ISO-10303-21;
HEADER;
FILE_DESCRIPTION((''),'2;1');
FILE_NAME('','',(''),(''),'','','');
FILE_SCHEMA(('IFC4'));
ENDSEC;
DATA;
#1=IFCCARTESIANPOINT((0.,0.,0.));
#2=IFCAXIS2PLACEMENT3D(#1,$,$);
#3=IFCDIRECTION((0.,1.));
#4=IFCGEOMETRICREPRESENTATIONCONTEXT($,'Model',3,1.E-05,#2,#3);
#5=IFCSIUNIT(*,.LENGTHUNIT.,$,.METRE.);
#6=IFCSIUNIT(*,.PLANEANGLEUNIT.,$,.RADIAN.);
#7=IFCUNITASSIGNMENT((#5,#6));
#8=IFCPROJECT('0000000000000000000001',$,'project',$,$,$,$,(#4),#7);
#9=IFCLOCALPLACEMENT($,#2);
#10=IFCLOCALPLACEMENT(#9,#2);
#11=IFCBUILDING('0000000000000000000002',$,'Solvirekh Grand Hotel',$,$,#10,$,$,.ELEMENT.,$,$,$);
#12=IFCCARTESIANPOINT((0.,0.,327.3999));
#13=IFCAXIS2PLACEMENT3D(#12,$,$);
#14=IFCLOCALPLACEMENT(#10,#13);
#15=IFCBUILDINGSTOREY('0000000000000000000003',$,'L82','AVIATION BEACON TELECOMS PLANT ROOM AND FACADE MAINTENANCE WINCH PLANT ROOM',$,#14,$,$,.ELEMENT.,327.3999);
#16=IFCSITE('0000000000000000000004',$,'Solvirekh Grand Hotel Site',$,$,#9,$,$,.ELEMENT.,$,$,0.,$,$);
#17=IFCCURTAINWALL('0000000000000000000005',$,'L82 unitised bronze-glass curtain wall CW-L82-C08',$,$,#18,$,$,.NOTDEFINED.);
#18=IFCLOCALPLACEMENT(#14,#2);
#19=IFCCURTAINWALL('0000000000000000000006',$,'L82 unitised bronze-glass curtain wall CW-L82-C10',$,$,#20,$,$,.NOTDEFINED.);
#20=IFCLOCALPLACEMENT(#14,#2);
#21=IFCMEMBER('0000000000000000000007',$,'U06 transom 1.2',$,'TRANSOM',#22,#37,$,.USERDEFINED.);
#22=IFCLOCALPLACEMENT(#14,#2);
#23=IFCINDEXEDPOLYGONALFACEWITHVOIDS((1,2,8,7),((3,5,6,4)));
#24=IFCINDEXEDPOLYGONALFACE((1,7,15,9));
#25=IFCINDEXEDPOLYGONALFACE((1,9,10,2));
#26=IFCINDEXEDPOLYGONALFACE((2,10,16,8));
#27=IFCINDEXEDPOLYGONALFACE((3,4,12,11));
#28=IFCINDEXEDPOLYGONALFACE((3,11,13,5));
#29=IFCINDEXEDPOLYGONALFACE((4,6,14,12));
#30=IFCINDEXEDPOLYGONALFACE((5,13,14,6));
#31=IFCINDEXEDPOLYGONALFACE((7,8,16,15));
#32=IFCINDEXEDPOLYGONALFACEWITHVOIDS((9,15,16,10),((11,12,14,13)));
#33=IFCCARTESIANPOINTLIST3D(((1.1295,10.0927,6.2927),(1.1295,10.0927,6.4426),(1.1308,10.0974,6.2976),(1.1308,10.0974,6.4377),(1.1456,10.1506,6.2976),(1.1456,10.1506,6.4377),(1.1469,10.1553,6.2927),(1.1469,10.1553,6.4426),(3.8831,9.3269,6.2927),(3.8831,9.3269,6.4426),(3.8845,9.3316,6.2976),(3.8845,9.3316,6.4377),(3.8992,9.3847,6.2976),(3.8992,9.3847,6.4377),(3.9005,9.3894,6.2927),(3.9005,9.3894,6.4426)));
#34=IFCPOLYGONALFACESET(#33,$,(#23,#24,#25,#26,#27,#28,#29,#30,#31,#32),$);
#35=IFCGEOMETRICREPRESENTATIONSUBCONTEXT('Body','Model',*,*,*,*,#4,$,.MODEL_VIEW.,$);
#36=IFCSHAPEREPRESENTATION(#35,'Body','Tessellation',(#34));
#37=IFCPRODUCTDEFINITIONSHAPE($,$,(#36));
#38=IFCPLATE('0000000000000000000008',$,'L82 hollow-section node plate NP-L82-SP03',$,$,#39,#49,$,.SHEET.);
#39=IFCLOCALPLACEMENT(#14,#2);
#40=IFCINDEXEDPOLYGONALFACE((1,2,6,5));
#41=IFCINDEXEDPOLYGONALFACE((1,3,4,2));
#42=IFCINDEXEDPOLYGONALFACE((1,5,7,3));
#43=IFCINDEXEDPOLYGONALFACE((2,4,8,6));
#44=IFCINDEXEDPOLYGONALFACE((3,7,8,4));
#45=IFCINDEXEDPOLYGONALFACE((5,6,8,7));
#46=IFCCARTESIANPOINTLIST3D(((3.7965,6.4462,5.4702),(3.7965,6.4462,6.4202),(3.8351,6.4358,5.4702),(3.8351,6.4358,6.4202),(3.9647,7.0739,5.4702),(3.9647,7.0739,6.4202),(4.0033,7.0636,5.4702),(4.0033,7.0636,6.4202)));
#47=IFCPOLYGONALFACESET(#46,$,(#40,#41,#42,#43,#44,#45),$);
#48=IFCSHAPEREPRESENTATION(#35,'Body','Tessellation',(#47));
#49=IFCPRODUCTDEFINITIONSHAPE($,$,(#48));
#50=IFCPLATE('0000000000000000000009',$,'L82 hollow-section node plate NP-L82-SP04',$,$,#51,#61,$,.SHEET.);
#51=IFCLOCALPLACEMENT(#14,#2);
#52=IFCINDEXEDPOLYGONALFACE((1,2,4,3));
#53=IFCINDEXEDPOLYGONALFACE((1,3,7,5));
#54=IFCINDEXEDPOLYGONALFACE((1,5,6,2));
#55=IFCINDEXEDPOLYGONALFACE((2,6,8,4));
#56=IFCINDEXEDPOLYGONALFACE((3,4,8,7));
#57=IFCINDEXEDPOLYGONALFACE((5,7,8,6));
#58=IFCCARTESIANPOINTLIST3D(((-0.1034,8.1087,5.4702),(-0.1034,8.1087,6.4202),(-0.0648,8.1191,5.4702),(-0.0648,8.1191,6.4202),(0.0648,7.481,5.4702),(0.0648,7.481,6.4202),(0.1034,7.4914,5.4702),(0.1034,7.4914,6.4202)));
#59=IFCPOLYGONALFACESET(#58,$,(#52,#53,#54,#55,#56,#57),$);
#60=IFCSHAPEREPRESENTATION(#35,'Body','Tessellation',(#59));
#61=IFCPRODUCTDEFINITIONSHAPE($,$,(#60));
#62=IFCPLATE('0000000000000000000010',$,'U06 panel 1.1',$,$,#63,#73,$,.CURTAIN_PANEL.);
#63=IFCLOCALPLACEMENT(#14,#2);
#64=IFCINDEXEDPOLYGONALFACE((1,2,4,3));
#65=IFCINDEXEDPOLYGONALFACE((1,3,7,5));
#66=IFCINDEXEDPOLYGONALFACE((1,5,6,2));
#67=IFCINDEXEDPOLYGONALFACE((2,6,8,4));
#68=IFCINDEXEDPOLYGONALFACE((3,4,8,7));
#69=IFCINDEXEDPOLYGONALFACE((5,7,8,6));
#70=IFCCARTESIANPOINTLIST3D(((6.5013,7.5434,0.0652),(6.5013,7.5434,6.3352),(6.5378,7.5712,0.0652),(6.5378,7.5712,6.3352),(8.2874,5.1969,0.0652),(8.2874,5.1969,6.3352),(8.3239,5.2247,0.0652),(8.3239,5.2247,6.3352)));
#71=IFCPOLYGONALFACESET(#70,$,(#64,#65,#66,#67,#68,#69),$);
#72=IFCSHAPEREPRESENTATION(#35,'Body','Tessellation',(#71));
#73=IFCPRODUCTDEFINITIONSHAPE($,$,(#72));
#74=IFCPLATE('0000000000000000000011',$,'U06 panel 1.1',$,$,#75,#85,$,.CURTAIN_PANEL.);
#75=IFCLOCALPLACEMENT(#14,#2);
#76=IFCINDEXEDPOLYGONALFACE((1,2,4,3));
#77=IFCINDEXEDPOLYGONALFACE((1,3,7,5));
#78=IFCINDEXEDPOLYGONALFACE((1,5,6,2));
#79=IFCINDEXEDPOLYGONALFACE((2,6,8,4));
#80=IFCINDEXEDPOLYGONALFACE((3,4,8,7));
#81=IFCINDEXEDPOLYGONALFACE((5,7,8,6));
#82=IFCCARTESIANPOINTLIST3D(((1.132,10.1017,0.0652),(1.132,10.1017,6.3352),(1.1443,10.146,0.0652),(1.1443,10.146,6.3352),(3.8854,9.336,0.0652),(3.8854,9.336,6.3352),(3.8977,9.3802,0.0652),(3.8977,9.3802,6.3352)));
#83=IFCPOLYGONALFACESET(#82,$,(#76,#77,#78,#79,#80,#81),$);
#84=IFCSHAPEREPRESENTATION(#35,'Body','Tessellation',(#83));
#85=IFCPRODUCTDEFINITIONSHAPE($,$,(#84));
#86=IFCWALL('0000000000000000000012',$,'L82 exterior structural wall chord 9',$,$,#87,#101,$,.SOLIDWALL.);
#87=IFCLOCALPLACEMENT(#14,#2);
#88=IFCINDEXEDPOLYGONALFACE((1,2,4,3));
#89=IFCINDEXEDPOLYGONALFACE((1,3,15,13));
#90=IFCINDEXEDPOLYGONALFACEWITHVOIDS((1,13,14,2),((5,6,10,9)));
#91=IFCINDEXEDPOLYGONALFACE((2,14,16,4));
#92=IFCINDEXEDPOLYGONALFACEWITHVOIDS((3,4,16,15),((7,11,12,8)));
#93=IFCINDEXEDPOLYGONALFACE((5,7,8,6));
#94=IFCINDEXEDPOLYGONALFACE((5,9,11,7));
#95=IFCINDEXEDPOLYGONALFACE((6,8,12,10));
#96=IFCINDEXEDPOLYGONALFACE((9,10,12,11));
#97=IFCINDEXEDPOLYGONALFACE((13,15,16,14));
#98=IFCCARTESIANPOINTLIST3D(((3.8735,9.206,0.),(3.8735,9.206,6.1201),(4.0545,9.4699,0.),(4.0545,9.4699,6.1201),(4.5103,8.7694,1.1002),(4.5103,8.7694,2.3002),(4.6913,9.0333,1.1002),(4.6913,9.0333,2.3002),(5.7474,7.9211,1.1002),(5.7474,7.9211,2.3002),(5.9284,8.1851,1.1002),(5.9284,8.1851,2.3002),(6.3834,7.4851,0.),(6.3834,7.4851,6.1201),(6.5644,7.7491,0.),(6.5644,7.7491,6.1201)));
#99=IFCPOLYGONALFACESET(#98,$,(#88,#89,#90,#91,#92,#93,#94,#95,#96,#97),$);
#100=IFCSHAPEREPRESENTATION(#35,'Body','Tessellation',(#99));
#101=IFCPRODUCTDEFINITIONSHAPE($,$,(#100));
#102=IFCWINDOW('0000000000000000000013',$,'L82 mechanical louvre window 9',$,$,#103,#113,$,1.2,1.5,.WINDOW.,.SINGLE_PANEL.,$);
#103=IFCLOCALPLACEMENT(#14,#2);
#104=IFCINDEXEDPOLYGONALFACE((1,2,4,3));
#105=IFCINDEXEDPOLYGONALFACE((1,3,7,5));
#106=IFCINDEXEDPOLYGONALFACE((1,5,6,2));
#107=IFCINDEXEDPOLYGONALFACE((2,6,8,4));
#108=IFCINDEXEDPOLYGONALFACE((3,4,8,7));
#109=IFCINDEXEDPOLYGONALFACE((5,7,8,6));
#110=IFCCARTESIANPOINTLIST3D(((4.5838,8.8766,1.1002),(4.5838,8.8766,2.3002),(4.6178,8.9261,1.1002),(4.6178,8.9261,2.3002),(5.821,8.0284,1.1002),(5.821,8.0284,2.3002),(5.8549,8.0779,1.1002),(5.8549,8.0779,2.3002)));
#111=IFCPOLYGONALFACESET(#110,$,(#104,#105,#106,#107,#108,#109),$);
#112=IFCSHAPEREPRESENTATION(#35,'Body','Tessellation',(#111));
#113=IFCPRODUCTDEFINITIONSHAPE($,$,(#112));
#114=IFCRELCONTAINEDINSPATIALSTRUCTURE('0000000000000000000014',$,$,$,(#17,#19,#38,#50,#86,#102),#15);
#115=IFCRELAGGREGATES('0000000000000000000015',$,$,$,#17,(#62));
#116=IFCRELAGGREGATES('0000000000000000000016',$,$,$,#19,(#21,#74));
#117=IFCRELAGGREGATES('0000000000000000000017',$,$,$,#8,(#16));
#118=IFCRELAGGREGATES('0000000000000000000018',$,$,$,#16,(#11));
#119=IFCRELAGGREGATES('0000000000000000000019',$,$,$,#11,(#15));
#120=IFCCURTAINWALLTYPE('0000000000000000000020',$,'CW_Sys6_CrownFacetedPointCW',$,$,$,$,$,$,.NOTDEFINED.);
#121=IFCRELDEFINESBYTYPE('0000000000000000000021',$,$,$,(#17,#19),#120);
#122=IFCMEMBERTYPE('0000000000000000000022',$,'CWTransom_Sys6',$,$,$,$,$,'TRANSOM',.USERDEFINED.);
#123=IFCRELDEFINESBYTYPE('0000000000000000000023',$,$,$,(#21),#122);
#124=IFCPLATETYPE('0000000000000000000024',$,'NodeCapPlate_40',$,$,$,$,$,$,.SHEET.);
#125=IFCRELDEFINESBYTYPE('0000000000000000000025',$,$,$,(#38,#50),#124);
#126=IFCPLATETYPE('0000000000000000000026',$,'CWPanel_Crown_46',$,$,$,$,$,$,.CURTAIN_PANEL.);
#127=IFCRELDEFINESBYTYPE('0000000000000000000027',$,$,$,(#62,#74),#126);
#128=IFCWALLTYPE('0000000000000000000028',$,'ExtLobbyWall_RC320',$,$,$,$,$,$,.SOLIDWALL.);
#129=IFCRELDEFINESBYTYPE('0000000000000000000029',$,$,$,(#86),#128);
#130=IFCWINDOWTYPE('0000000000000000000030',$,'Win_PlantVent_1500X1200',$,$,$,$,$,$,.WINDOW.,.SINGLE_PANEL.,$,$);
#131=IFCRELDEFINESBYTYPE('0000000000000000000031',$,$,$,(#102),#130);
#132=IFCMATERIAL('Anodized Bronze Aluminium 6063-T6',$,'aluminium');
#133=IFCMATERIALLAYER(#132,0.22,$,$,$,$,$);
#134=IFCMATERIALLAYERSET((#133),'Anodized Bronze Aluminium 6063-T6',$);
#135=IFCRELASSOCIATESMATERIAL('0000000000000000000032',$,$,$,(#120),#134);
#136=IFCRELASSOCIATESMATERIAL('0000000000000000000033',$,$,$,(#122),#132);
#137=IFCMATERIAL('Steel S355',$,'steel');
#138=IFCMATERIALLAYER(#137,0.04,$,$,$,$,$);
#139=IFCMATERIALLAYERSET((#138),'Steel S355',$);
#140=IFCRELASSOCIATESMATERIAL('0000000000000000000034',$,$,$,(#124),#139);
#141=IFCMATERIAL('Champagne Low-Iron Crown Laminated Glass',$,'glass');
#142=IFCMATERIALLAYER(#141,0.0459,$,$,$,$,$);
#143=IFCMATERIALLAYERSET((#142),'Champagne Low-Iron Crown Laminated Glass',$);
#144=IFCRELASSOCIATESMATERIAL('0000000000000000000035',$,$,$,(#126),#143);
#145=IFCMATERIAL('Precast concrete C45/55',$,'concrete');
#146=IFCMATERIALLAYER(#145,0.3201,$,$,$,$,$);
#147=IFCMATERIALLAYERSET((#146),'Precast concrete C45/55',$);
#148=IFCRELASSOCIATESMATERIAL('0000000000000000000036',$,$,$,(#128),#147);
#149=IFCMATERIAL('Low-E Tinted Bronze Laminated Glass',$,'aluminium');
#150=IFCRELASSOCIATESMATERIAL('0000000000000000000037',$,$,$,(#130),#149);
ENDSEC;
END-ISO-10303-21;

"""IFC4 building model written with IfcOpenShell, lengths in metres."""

from ifc_helpers import new_model, si_unit, direction, frame, frame_2d, origin, origin_2d, place, context, subcontext, project, spatial, rectangle, hollow_rectangle, extrude, source, transform, mapped, material, layer, layer_set, material_profile, profile_set, type_object, element, fill, aggregate, save


model = new_model("IFC4")

# Units and contexts
model_context = context("Model", 3, precision=1e-05, world=origin(), true_north=direction((0.0, 1.0)))
body_context = subcontext(model_context, "Body", "Model", "MODEL_VIEW")
ifc_project = project(units=[si_unit("LENGTHUNIT", "METRE"), si_unit("PLANEANGLEUNIT", "RADIAN")], contexts=[model_context])

# Site, building, storey
site_placement = place(None, origin())
site = spatial("IfcSite", under=ifc_project, at=site_placement, Name="Solvirekh Grand Hotel Site", CompositionType="ELEMENT", RefElevation=0.0)
building_placement = place(site_placement, origin())
building = spatial("IfcBuilding", under=site, at=building_placement, Name="Solvirekh Grand Hotel", CompositionType="ELEMENT")
storey_placement = place(building_placement, frame((0.0, 0.0, 327.3999)))
storey = spatial("IfcBuildingStorey", under=building, at=storey_placement, Name="L82", Description="AVIATION BEACON TELECOMS PLANT ROOM AND FACADE MAINTENANCE WINCH PLANT ROOM", CompositionType="ELEMENT", Elevation=327.3999)

# Shared definitions
ifc_material_1 = material(Name="Steel S355", Category="steel")

# Shared definitions
ifc_material_2 = material(Name="Anodized Bronze Aluminium 6063-T6", Category="aluminium")
ifc_layer_1 = layer(ifc_material_2, 0.22)
ifc_layer_set_1 = layer_set([ifc_layer_1], Name="Anodized Bronze Aluminium 6063-T6")
curtain_wall_type = type_object("IfcCurtainWallType", Name="CW_Sys6_CrownFacetedPointCW", PredefinedType="NOTDEFINED", material=ifc_layer_set_1)

# Curtain walls
curtain_wall_1_placement = place(storey_placement, origin())
curtain_wall_1 = element("IfcCurtainWall", 1, at=curtain_wall_1_placement, inside=storey, type_object=curtain_wall_type, Name="L82 unitised bronze-glass curtain wall CW-L82-C08", PredefinedType="NOTDEFINED")
curtain_wall_2_placement = place(storey_placement, origin())
curtain_wall_2 = element("IfcCurtainWall", 2, at=curtain_wall_2_placement, inside=storey, type_object=curtain_wall_type, Name="L82 unitised bronze-glass curtain wall CW-L82-C10", PredefinedType="NOTDEFINED")
ifc_material_profile_1 = material_profile(ifc_material_2, hollow_rectangle(XDim=0.0649, YDim=0.1499, WallThickness=0.0049, at=origin_2d()), Name="ALU RHS 150X65X5")
ifc_profile_set_1 = profile_set([ifc_material_profile_1], Name="Anodized Bronze Aluminium 6063-T6")
member_type_1 = type_object("IfcMemberType", Name="CWTransom_Sys6", ElementType="TRANSOM", PredefinedType="USERDEFINED", material=ifc_profile_set_1)

# Member
shared_shape_1 = source(origin(), body_context, "Body", "SweptSolid", [
    extrude(hollow_rectangle(XDim=0.0649, YDim=0.1499, WallThickness=0.0049, at=origin_2d()), origin(), (0.0, 0.0, 1.0), 2.8582),
])
member_1_placement = place(storey_placement, frame((3.8918, 9.3582, 6.3677), z_axis=(-0.963431, 0.267957, 0.0), x_axis=(-0.267957, -0.963431, 0.0)))
member_1 = element("IfcMember", 3, at=member_1_placement, type_object=member_type_1, Name="U06 transom 1.2", ObjectType="TRANSOM", PredefinedType="USERDEFINED", context=body_context, shape_type="MappedRepresentation", body=[
    mapped(shared_shape_1, transform((0.0, 0.0, 0.0), x_axis=(1.0, 0.0, 0.0), y_axis=(0.0, 1.0, 0.0), z_axis=(0.0, 0.0, 1.0), scale=1.0)),
])

# Plates
ifc_layer_2 = layer(ifc_material_1, 0.04)
ifc_layer_set_2 = layer_set([ifc_layer_2], Name="Steel S355")
plate_type_1 = type_object("IfcPlateType", Name="NodeCapPlate_40", PredefinedType="SHEET", material=ifc_layer_set_2)
for number, where, z_axis, x_axis, name in (
    (4, (3.8999, 6.7549, 5.4702), (0.0, 0.0, 1.0), (-0.965926, 0.258819, 0.0), "L82 hollow-section node plate NP-L82-SP03"),
    (5, (0.0, 7.8, 5.4702), (0.0, 0.0, 1.0), (-0.965926, -0.258819, 0.0), "L82 hollow-section node plate NP-L82-SP04"),
):
    element("IfcPlate", number, at=place(storey_placement, frame(where, z_axis=z_axis, x_axis=x_axis)), inside=storey, type_object=plate_type_1, Name=name, PredefinedType="SHEET", context=body_context, shape_type="SweptSolid", body=[
        extrude(rectangle(XDim=0.04, YDim=0.6499, at=origin_2d()), origin(), (0.0, 0.0, 1.0), 0.95),
    ])

# Plates
ifc_material_3 = material(Name="Champagne Low-Iron Crown Laminated Glass", Category="glass")
ifc_layer_3 = layer(ifc_material_3, 0.0459)
ifc_layer_set_3 = layer_set([ifc_layer_3], Name="Champagne Low-Iron Crown Laminated Glass")
plate_type_2 = type_object("IfcPlateType", Name="CWPanel_Crown_46", PredefinedType="CURTAIN_PANEL", material=ifc_layer_set_3)
shared_shape_2 = source(origin(), body_context, "Body", "SweptSolid", [
    extrude(rectangle(XDim=2.949, YDim=0.0459, at=origin_2d()), origin(), (0.0, 0.0, 1.0), 6.27),
])
plate_1_placement = place(storey_placement, frame((7.4126, 6.384, 0.0652), z_axis=(0.0, 0.0, 1.0), x_axis=(-0.605664, 0.795721, 0.0)))
plate_1 = element("IfcPlate", 6, at=plate_1_placement, type_object=plate_type_2, Name="U06 panel 1.1", PredefinedType="CURTAIN_PANEL", context=body_context, shape_type="MappedRepresentation", body=[
    mapped(shared_shape_2, transform((0.0, 0.0, 0.0), x_axis=(1.0, 0.0, 0.0), y_axis=(0.0, 1.0, 0.0), z_axis=(0.0, 0.0, 1.0), scale=1.0)),
])
aggregate(curtain_wall_1, [plate_1])
shared_shape_3 = source(origin(), body_context, "Body", "SweptSolid", [
    extrude(rectangle(XDim=2.8579, YDim=0.0459, at=origin_2d()), origin(), (0.0, 0.0, 1.0), 6.27),
])
plate_2_placement = place(storey_placement, frame((2.5149, 9.741, 0.0652), z_axis=(0.0, 0.0, 1.0), x_axis=(-0.963432, 0.267952, 0.0)))
plate_2 = element("IfcPlate", 7, at=plate_2_placement, type_object=plate_type_2, Name="U06 panel 1.1", PredefinedType="CURTAIN_PANEL", context=body_context, shape_type="MappedRepresentation", body=[
    mapped(shared_shape_3, transform((0.0, 0.0, 0.0), x_axis=(1.0, 0.0, 0.0), y_axis=(0.0, 1.0, 0.0), z_axis=(0.0, 0.0, 1.0), scale=1.0)),
])
aggregate(curtain_wall_2, [member_1, plate_2])

# Wall, opening, window
ifc_material_4 = material(Name="Precast concrete C45/55", Category="concrete")
ifc_layer_4 = layer(ifc_material_4, 0.3201)
ifc_layer_set_4 = layer_set([ifc_layer_4], Name="Precast concrete C45/55")
wall_type = type_object("IfcWallType", Name="ExtLobbyWall_RC320", PredefinedType="SOLIDWALL", material=ifc_layer_set_4)
wall_placement = place(storey_placement, frame((3.9641, 9.3379, 0.0), z_axis=(0.0, 0.0, 1.0), x_axis=(0.82476, -0.565483, 0.0)))
wall = element("IfcWall", 8, at=wall_placement, inside=storey, type_object=wall_type, Name="L82 exterior structural wall chord 9", PredefinedType="SOLIDWALL", context=body_context, shape_type="SweptSolid", body=[
    extrude(rectangle(XDim=3.0432, YDim=0.3201, at=frame_2d((1.5215, 0.0))), origin(), (0.0, 0.0, 1.0), 6.1201),
])
opening_placement = place(wall_placement, frame((0.772, 0.0, 1.1001)))
opening = element("IfcOpeningElement", 9, at=opening_placement, cuts=wall, PredefinedType="OPENING", context=body_context, shape_type="SweptSolid", body=[
    extrude(rectangle(XDim=1.5, YDim=1.2, at=frame_2d((0.75, 0.6001))), frame((0.0, 0.1699, 0.0), z_axis=(0.0, -1.0, 0.0), x_axis=(1.0, 0.0, 0.0)), (0.0, 0.0, 1.0), 0.3401),
])
ifc_material_5 = material(Name="Low-E Tinted Bronze Laminated Glass", Category="aluminium")
window_type = type_object("IfcWindowType", Name="Win_PlantVent_1500X1200", PartitioningType="SINGLE_PANEL", PredefinedType="WINDOW", material=ifc_material_5)
window_placement = place(opening_placement, origin())
window = element("IfcWindow", 10, at=window_placement, inside=storey, type_object=window_type, Name="L82 mechanical louvre window 9", OverallHeight=1.2, OverallWidth=1.5, PartitioningType="SINGLE_PANEL", PredefinedType="WINDOW", context=body_context, shape_type="SweptSolid", body=[
    extrude(rectangle(XDim=1.5, YDim=1.2, at=frame_2d((0.75, 0.6001))), frame((0.0, 0.03, 0.0), z_axis=(0.0, -1.0, 0.0), x_axis=(1.0, 0.0, 0.0)), (0.0, 0.0, 1.0), 0.0601),
])
fill(opening, window)

save(model, "model.ifc")
